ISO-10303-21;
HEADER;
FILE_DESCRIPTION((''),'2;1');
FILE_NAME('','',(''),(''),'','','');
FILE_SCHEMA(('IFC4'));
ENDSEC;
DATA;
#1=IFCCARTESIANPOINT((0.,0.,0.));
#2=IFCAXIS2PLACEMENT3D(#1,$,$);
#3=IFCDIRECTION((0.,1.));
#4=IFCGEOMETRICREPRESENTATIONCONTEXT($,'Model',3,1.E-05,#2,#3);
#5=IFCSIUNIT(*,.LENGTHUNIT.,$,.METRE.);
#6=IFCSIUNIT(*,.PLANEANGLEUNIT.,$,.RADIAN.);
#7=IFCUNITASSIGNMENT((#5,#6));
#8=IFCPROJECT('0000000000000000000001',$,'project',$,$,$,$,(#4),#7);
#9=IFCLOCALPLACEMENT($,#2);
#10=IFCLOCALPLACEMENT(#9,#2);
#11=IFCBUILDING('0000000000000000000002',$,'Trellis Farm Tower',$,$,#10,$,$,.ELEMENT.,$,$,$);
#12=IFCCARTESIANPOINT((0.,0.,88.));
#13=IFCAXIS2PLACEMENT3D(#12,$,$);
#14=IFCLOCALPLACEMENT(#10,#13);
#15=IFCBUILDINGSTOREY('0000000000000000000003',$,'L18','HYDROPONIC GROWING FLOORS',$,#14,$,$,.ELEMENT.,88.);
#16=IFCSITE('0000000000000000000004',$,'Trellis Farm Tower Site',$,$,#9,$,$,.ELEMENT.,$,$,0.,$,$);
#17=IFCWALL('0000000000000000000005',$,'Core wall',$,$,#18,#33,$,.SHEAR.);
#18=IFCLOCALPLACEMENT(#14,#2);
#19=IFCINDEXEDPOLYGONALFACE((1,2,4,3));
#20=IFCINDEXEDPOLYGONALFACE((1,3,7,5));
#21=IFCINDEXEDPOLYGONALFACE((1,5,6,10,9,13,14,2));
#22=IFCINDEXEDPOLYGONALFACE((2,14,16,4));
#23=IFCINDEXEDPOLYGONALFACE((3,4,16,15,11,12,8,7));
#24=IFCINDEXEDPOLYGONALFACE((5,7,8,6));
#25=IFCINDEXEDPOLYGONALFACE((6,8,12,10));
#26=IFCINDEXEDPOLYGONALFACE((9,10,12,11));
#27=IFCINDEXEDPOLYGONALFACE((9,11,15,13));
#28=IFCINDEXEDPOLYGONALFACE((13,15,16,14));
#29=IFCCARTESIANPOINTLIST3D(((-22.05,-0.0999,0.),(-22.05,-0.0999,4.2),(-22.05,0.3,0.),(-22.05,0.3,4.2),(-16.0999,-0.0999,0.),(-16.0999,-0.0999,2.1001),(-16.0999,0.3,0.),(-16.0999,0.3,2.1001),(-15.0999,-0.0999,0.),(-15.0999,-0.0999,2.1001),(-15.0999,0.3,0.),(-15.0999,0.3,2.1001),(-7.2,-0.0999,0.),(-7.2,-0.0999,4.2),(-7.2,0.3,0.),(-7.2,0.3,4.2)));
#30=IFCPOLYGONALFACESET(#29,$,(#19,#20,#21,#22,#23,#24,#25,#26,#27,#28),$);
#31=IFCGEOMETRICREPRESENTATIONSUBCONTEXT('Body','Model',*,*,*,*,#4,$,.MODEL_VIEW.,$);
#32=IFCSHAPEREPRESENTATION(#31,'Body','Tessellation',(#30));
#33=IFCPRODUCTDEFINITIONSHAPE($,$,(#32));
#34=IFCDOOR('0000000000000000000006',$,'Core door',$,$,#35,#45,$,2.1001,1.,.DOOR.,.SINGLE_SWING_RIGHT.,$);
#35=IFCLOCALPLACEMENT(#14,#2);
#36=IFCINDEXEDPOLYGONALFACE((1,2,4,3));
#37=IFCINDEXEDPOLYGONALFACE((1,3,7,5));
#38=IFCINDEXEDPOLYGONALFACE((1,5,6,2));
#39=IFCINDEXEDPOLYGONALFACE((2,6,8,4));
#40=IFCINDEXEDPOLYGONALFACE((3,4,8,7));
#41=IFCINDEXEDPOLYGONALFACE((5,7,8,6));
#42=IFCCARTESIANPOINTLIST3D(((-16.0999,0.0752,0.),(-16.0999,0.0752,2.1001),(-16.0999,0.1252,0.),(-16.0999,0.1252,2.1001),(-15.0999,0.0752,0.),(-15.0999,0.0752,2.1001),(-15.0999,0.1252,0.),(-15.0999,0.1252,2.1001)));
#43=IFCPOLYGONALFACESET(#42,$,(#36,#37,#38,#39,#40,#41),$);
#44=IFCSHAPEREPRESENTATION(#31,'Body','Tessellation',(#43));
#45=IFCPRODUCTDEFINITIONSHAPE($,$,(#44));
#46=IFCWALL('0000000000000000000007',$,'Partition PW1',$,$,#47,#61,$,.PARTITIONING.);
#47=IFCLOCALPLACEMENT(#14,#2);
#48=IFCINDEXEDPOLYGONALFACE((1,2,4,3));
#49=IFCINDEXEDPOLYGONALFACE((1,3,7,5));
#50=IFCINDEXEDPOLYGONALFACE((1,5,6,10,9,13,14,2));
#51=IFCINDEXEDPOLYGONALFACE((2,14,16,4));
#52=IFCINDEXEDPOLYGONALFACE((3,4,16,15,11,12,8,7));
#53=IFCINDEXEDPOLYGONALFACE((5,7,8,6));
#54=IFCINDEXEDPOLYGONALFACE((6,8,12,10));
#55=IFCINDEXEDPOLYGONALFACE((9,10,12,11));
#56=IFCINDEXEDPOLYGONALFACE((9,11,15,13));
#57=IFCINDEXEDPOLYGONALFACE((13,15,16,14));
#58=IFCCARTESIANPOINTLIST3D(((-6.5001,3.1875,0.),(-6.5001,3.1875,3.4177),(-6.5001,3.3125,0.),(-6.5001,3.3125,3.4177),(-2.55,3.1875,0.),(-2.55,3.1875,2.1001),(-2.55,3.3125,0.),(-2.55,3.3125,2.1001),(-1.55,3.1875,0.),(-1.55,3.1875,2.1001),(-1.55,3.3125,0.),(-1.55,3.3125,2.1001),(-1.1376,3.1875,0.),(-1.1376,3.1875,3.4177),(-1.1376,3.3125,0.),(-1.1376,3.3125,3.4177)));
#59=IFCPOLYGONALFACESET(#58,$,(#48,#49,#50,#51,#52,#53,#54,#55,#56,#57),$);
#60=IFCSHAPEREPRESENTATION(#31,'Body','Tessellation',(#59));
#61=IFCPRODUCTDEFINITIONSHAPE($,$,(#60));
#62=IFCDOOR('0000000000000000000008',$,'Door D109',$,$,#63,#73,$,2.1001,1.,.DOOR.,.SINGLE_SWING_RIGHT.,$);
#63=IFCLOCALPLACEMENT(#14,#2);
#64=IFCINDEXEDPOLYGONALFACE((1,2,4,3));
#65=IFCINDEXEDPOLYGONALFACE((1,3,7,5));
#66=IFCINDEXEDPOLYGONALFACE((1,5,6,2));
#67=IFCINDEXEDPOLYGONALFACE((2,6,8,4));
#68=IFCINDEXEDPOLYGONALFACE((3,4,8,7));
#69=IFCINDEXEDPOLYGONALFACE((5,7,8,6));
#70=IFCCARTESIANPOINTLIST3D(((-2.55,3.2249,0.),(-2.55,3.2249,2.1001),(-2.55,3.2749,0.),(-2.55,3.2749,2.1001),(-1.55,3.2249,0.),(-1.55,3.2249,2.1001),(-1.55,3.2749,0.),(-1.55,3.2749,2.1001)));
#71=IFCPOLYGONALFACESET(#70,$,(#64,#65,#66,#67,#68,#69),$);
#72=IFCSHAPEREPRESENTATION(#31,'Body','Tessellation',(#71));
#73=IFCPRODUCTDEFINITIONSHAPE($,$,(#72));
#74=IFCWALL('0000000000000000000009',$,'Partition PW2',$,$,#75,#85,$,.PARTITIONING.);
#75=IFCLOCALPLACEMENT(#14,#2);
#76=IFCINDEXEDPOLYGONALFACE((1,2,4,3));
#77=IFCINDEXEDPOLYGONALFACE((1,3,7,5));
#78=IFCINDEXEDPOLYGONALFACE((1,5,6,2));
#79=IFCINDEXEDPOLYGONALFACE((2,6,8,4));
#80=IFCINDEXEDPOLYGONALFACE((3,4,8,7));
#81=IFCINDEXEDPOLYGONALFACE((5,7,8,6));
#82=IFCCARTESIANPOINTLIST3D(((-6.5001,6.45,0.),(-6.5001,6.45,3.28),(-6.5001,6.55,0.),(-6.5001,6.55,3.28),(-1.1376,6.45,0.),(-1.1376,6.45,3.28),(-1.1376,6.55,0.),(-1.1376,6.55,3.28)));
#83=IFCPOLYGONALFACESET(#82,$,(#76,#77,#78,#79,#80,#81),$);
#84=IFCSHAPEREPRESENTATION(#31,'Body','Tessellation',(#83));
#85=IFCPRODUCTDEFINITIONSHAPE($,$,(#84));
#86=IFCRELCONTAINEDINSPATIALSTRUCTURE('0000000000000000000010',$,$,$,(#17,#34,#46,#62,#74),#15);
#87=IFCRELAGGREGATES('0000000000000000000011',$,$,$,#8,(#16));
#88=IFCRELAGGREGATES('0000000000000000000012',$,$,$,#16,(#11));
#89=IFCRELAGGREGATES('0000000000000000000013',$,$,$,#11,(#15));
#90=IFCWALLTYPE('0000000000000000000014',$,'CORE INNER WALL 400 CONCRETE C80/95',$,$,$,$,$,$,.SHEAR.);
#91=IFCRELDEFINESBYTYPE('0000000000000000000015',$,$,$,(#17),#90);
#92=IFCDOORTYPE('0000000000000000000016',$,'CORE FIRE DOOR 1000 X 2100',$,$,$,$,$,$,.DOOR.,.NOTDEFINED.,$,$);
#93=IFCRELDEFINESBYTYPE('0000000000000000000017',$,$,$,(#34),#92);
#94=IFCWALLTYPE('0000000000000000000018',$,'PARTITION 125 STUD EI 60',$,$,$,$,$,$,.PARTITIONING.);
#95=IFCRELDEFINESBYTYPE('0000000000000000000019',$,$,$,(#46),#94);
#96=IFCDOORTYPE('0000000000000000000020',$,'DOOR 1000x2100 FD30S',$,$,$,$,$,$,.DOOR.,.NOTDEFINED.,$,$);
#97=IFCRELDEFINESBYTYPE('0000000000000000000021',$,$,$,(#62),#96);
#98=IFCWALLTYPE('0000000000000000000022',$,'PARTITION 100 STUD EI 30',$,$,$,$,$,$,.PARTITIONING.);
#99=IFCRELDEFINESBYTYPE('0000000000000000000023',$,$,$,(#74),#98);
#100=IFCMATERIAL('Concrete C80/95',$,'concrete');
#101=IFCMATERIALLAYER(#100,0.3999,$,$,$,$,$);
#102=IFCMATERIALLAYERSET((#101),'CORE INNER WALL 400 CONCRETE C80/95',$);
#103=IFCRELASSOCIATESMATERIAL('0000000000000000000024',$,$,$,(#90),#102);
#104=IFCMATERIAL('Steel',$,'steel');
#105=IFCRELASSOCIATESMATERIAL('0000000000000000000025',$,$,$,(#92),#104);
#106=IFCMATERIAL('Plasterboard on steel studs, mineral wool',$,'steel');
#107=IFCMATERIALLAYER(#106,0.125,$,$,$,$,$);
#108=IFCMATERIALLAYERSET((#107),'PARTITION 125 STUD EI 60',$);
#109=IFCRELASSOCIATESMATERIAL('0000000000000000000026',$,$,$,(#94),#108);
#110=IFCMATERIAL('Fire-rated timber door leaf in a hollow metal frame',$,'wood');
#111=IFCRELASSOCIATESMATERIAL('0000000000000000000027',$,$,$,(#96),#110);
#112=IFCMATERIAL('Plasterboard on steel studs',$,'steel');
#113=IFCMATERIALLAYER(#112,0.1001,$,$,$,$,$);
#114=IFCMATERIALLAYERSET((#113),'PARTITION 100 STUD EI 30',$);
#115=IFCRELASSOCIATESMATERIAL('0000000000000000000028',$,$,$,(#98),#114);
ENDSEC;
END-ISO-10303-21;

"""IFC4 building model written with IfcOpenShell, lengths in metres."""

from ifc_helpers import new_model, si_unit, direction, frame, frame_2d, origin, place, context, subcontext, project, spatial, rectangle, extrude, source, transform, mapped, material, layer, layer_set, type_object, element, fill, save


model = new_model("IFC4")

# Units and contexts
model_context = context("Model", 3, precision=1e-05, world=origin(), true_north=direction((0.0, 1.0)))
body_context = subcontext(model_context, "Body", "Model", "MODEL_VIEW")
ifc_project = project(units=[si_unit("LENGTHUNIT", "METRE"), si_unit("PLANEANGLEUNIT", "RADIAN")], contexts=[model_context])

# Site, building, storey
site_placement = place(None, origin())
site = spatial("IfcSite", under=ifc_project, at=site_placement, Name="Trellis Farm Tower Site", CompositionType="ELEMENT", RefElevation=0.0)
building_placement = place(site_placement, origin())
building = spatial("IfcBuilding", under=site, at=building_placement, Name="Trellis Farm Tower", CompositionType="ELEMENT")
storey_placement = place(building_placement, frame((0.0, 0.0, 88.0)))
storey = spatial("IfcBuildingStorey", under=building, at=storey_placement, Name="L18", Description="HYDROPONIC GROWING FLOORS", CompositionType="ELEMENT", Elevation=88.0)

# Shared definitions
ifc_material_1 = material(Name="Concrete C80/95", Category="concrete")

# Shared definitions
ifc_material_2 = material(Name="Steel", Category="steel")

# Shared definitions
ifc_layer_1 = layer(ifc_material_1, 0.3999)
ifc_layer_set_1 = layer_set([ifc_layer_1], Name="CORE INNER WALL 400 CONCRETE C80/95")
wall_type_1 = type_object("IfcWallType", Name="CORE INNER WALL 400 CONCRETE C80/95", PredefinedType="SHEAR", material=ifc_layer_set_1)

# Walls, openings, doors
shared_shape_1 = source(origin(), body_context, "Body", "SweptSolid", [
    extrude(rectangle(XDim=14.8501, YDim=0.3999, at=frame_2d((7.425, 0.0))), origin(), (0.0, 0.0, 1.0), 4.2),
])
wall_1_placement = place(storey_placement, frame((-7.2, 0.1001, 0.0), z_axis=(0.0, 0.0, 1.0), x_axis=(-1.0, 0.0, 0.0)))
wall_1 = element("IfcWall", 1, at=wall_1_placement, inside=storey, type_object=wall_type_1, Name="Core wall", PredefinedType="SHEAR", context=body_context, shape_type="MappedRepresentation", body=[
    mapped(shared_shape_1, transform((0.0, 0.0, 0.0))),
])
shared_shape_2 = source(origin(), body_context, "Body", "SweptSolid", [
    extrude(rectangle(XDim=1.0, YDim=2.1001, at=frame_2d((0.5, 1.05))), frame((0.0, 0.21, 0.0), z_axis=(0.0, -1.0, 0.0), x_axis=(1.0, 0.0, 0.0)), (0.0, 0.0, 1.0), 0.4199),
])
opening_1_placement = place(wall_1_placement, frame((7.8999, 0.0, 0.0)))
opening_1 = element("IfcOpeningElement", 2, at=opening_1_placement, cuts=wall_1, PredefinedType="OPENING", context=body_context, shape_type="MappedRepresentation", body=[
    mapped(shared_shape_2, transform((0.0, 0.0, 0.0))),
])
door_type_1 = type_object("IfcDoorType", Name="CORE FIRE DOOR 1000 X 2100", OperationType="NOTDEFINED", PredefinedType="DOOR", material=ifc_material_2)
shared_shape_3 = source(origin(), body_context, "Body", "SweptSolid", [
    extrude(rectangle(XDim=1.0, YDim=2.1001, at=frame_2d((0.5, 1.05))), frame((0.0, 0.0249, 0.0), z_axis=(0.0, -1.0, 0.0), x_axis=(1.0, 0.0, 0.0)), (0.0, 0.0, 1.0), 0.05),
])
door_1_placement = place(opening_1_placement, origin())
door_1 = element("IfcDoor", 3, at=door_1_placement, inside=storey, type_object=door_type_1, Name="Core door", OperationType="SINGLE_SWING_RIGHT", OverallHeight=2.1001, OverallWidth=1.0, PredefinedType="DOOR", context=body_context, shape_type="MappedRepresentation", body=[
    mapped(shared_shape_3, transform((0.0, 0.0, 0.0))),
])
fill(opening_1, door_1)
ifc_material_3 = material(Name="Plasterboard on steel studs, mineral wool", Category="steel")
ifc_layer_2 = layer(ifc_material_3, 0.125)
ifc_layer_set_2 = layer_set([ifc_layer_2], Name="PARTITION 125 STUD EI 60")
wall_type_2 = type_object("IfcWallType", Name="PARTITION 125 STUD EI 60", PredefinedType="PARTITIONING", material=ifc_layer_set_2)
shared_shape_4 = source(origin(), body_context, "Body", "SweptSolid", [
    extrude(rectangle(XDim=5.3625, YDim=0.125, at=frame_2d((2.6812, 0.0))), origin(), (0.0, 0.0, 1.0), 3.4177),
])
wall_2_placement = place(storey_placement, frame((-6.5, 3.25, 0.0), z_axis=(0.0, 0.0, 1.0), x_axis=(1.0, 0.0, 0.0)))
wall_2 = element("IfcWall", 4, at=wall_2_placement, inside=storey, type_object=wall_type_2, Name="Partition PW1", PredefinedType="PARTITIONING", context=body_context, shape_type="MappedRepresentation", body=[
    mapped(shared_shape_4, transform((0.0, 0.0, 0.0))),
])
shared_shape_5 = source(origin(), body_context, "Body", "SweptSolid", [
    extrude(rectangle(XDim=1.0, YDim=2.1001, at=frame_2d((0.5, 1.05))), frame((0.0, 0.0725, 0.0), z_axis=(0.0, -1.0, 0.0), x_axis=(1.0, 0.0, 0.0)), (0.0, 0.0, 1.0), 0.145),
])
opening_2_placement = place(wall_2_placement, frame((3.95, 0.0, 0.0)))
opening_2 = element("IfcOpeningElement", 5, at=opening_2_placement, cuts=wall_2, PredefinedType="OPENING", context=body_context, shape_type="MappedRepresentation", body=[
    mapped(shared_shape_5, transform((0.0, 0.0, 0.0))),
])
ifc_material_4 = material(Name="Fire-rated timber door leaf in a hollow metal frame", Category="wood")
door_type_2 = type_object("IfcDoorType", Name="DOOR 1000x2100 FD30S", OperationType="NOTDEFINED", PredefinedType="DOOR", material=ifc_material_4)
door_2_placement = place(opening_2_placement, origin())
door_2 = element("IfcDoor", 6, at=door_2_placement, inside=storey, type_object=door_type_2, Name="Door D109", OperationType="SINGLE_SWING_RIGHT", OverallHeight=2.1001, OverallWidth=1.0, PredefinedType="DOOR", context=body_context, shape_type="MappedRepresentation", body=[
    mapped(shared_shape_3, transform((0.0, 0.0, 0.0))),
])
fill(opening_2, door_2)

# Wall
ifc_material_5 = material(Name="Plasterboard on steel studs", Category="steel")
ifc_layer_3 = layer(ifc_material_5, 0.1001)
ifc_layer_set_3 = layer_set([ifc_layer_3], Name="PARTITION 100 STUD EI 30")
wall_type_3 = type_object("IfcWallType", Name="PARTITION 100 STUD EI 30", PredefinedType="PARTITIONING", material=ifc_layer_set_3)
shared_shape_6 = source(origin(), body_context, "Body", "SweptSolid", [
    extrude(rectangle(XDim=5.3625, YDim=0.1001, at=frame_2d((2.6812, 0.0))), origin(), (0.0, 0.0, 1.0), 3.28),
])
wall_3_placement = place(storey_placement, frame((-6.5, 6.5, 0.0), z_axis=(0.0, 0.0, 1.0), x_axis=(1.0, 0.0, 0.0)))
element("IfcWall", 7, at=wall_3_placement, inside=storey, type_object=wall_type_3, Name="Partition PW2", PredefinedType="PARTITIONING", context=body_context, shape_type="MappedRepresentation", body=[
    mapped(shared_shape_6, transform((0.0, 0.0, 0.0))),
])

save(model, "model.ifc")
